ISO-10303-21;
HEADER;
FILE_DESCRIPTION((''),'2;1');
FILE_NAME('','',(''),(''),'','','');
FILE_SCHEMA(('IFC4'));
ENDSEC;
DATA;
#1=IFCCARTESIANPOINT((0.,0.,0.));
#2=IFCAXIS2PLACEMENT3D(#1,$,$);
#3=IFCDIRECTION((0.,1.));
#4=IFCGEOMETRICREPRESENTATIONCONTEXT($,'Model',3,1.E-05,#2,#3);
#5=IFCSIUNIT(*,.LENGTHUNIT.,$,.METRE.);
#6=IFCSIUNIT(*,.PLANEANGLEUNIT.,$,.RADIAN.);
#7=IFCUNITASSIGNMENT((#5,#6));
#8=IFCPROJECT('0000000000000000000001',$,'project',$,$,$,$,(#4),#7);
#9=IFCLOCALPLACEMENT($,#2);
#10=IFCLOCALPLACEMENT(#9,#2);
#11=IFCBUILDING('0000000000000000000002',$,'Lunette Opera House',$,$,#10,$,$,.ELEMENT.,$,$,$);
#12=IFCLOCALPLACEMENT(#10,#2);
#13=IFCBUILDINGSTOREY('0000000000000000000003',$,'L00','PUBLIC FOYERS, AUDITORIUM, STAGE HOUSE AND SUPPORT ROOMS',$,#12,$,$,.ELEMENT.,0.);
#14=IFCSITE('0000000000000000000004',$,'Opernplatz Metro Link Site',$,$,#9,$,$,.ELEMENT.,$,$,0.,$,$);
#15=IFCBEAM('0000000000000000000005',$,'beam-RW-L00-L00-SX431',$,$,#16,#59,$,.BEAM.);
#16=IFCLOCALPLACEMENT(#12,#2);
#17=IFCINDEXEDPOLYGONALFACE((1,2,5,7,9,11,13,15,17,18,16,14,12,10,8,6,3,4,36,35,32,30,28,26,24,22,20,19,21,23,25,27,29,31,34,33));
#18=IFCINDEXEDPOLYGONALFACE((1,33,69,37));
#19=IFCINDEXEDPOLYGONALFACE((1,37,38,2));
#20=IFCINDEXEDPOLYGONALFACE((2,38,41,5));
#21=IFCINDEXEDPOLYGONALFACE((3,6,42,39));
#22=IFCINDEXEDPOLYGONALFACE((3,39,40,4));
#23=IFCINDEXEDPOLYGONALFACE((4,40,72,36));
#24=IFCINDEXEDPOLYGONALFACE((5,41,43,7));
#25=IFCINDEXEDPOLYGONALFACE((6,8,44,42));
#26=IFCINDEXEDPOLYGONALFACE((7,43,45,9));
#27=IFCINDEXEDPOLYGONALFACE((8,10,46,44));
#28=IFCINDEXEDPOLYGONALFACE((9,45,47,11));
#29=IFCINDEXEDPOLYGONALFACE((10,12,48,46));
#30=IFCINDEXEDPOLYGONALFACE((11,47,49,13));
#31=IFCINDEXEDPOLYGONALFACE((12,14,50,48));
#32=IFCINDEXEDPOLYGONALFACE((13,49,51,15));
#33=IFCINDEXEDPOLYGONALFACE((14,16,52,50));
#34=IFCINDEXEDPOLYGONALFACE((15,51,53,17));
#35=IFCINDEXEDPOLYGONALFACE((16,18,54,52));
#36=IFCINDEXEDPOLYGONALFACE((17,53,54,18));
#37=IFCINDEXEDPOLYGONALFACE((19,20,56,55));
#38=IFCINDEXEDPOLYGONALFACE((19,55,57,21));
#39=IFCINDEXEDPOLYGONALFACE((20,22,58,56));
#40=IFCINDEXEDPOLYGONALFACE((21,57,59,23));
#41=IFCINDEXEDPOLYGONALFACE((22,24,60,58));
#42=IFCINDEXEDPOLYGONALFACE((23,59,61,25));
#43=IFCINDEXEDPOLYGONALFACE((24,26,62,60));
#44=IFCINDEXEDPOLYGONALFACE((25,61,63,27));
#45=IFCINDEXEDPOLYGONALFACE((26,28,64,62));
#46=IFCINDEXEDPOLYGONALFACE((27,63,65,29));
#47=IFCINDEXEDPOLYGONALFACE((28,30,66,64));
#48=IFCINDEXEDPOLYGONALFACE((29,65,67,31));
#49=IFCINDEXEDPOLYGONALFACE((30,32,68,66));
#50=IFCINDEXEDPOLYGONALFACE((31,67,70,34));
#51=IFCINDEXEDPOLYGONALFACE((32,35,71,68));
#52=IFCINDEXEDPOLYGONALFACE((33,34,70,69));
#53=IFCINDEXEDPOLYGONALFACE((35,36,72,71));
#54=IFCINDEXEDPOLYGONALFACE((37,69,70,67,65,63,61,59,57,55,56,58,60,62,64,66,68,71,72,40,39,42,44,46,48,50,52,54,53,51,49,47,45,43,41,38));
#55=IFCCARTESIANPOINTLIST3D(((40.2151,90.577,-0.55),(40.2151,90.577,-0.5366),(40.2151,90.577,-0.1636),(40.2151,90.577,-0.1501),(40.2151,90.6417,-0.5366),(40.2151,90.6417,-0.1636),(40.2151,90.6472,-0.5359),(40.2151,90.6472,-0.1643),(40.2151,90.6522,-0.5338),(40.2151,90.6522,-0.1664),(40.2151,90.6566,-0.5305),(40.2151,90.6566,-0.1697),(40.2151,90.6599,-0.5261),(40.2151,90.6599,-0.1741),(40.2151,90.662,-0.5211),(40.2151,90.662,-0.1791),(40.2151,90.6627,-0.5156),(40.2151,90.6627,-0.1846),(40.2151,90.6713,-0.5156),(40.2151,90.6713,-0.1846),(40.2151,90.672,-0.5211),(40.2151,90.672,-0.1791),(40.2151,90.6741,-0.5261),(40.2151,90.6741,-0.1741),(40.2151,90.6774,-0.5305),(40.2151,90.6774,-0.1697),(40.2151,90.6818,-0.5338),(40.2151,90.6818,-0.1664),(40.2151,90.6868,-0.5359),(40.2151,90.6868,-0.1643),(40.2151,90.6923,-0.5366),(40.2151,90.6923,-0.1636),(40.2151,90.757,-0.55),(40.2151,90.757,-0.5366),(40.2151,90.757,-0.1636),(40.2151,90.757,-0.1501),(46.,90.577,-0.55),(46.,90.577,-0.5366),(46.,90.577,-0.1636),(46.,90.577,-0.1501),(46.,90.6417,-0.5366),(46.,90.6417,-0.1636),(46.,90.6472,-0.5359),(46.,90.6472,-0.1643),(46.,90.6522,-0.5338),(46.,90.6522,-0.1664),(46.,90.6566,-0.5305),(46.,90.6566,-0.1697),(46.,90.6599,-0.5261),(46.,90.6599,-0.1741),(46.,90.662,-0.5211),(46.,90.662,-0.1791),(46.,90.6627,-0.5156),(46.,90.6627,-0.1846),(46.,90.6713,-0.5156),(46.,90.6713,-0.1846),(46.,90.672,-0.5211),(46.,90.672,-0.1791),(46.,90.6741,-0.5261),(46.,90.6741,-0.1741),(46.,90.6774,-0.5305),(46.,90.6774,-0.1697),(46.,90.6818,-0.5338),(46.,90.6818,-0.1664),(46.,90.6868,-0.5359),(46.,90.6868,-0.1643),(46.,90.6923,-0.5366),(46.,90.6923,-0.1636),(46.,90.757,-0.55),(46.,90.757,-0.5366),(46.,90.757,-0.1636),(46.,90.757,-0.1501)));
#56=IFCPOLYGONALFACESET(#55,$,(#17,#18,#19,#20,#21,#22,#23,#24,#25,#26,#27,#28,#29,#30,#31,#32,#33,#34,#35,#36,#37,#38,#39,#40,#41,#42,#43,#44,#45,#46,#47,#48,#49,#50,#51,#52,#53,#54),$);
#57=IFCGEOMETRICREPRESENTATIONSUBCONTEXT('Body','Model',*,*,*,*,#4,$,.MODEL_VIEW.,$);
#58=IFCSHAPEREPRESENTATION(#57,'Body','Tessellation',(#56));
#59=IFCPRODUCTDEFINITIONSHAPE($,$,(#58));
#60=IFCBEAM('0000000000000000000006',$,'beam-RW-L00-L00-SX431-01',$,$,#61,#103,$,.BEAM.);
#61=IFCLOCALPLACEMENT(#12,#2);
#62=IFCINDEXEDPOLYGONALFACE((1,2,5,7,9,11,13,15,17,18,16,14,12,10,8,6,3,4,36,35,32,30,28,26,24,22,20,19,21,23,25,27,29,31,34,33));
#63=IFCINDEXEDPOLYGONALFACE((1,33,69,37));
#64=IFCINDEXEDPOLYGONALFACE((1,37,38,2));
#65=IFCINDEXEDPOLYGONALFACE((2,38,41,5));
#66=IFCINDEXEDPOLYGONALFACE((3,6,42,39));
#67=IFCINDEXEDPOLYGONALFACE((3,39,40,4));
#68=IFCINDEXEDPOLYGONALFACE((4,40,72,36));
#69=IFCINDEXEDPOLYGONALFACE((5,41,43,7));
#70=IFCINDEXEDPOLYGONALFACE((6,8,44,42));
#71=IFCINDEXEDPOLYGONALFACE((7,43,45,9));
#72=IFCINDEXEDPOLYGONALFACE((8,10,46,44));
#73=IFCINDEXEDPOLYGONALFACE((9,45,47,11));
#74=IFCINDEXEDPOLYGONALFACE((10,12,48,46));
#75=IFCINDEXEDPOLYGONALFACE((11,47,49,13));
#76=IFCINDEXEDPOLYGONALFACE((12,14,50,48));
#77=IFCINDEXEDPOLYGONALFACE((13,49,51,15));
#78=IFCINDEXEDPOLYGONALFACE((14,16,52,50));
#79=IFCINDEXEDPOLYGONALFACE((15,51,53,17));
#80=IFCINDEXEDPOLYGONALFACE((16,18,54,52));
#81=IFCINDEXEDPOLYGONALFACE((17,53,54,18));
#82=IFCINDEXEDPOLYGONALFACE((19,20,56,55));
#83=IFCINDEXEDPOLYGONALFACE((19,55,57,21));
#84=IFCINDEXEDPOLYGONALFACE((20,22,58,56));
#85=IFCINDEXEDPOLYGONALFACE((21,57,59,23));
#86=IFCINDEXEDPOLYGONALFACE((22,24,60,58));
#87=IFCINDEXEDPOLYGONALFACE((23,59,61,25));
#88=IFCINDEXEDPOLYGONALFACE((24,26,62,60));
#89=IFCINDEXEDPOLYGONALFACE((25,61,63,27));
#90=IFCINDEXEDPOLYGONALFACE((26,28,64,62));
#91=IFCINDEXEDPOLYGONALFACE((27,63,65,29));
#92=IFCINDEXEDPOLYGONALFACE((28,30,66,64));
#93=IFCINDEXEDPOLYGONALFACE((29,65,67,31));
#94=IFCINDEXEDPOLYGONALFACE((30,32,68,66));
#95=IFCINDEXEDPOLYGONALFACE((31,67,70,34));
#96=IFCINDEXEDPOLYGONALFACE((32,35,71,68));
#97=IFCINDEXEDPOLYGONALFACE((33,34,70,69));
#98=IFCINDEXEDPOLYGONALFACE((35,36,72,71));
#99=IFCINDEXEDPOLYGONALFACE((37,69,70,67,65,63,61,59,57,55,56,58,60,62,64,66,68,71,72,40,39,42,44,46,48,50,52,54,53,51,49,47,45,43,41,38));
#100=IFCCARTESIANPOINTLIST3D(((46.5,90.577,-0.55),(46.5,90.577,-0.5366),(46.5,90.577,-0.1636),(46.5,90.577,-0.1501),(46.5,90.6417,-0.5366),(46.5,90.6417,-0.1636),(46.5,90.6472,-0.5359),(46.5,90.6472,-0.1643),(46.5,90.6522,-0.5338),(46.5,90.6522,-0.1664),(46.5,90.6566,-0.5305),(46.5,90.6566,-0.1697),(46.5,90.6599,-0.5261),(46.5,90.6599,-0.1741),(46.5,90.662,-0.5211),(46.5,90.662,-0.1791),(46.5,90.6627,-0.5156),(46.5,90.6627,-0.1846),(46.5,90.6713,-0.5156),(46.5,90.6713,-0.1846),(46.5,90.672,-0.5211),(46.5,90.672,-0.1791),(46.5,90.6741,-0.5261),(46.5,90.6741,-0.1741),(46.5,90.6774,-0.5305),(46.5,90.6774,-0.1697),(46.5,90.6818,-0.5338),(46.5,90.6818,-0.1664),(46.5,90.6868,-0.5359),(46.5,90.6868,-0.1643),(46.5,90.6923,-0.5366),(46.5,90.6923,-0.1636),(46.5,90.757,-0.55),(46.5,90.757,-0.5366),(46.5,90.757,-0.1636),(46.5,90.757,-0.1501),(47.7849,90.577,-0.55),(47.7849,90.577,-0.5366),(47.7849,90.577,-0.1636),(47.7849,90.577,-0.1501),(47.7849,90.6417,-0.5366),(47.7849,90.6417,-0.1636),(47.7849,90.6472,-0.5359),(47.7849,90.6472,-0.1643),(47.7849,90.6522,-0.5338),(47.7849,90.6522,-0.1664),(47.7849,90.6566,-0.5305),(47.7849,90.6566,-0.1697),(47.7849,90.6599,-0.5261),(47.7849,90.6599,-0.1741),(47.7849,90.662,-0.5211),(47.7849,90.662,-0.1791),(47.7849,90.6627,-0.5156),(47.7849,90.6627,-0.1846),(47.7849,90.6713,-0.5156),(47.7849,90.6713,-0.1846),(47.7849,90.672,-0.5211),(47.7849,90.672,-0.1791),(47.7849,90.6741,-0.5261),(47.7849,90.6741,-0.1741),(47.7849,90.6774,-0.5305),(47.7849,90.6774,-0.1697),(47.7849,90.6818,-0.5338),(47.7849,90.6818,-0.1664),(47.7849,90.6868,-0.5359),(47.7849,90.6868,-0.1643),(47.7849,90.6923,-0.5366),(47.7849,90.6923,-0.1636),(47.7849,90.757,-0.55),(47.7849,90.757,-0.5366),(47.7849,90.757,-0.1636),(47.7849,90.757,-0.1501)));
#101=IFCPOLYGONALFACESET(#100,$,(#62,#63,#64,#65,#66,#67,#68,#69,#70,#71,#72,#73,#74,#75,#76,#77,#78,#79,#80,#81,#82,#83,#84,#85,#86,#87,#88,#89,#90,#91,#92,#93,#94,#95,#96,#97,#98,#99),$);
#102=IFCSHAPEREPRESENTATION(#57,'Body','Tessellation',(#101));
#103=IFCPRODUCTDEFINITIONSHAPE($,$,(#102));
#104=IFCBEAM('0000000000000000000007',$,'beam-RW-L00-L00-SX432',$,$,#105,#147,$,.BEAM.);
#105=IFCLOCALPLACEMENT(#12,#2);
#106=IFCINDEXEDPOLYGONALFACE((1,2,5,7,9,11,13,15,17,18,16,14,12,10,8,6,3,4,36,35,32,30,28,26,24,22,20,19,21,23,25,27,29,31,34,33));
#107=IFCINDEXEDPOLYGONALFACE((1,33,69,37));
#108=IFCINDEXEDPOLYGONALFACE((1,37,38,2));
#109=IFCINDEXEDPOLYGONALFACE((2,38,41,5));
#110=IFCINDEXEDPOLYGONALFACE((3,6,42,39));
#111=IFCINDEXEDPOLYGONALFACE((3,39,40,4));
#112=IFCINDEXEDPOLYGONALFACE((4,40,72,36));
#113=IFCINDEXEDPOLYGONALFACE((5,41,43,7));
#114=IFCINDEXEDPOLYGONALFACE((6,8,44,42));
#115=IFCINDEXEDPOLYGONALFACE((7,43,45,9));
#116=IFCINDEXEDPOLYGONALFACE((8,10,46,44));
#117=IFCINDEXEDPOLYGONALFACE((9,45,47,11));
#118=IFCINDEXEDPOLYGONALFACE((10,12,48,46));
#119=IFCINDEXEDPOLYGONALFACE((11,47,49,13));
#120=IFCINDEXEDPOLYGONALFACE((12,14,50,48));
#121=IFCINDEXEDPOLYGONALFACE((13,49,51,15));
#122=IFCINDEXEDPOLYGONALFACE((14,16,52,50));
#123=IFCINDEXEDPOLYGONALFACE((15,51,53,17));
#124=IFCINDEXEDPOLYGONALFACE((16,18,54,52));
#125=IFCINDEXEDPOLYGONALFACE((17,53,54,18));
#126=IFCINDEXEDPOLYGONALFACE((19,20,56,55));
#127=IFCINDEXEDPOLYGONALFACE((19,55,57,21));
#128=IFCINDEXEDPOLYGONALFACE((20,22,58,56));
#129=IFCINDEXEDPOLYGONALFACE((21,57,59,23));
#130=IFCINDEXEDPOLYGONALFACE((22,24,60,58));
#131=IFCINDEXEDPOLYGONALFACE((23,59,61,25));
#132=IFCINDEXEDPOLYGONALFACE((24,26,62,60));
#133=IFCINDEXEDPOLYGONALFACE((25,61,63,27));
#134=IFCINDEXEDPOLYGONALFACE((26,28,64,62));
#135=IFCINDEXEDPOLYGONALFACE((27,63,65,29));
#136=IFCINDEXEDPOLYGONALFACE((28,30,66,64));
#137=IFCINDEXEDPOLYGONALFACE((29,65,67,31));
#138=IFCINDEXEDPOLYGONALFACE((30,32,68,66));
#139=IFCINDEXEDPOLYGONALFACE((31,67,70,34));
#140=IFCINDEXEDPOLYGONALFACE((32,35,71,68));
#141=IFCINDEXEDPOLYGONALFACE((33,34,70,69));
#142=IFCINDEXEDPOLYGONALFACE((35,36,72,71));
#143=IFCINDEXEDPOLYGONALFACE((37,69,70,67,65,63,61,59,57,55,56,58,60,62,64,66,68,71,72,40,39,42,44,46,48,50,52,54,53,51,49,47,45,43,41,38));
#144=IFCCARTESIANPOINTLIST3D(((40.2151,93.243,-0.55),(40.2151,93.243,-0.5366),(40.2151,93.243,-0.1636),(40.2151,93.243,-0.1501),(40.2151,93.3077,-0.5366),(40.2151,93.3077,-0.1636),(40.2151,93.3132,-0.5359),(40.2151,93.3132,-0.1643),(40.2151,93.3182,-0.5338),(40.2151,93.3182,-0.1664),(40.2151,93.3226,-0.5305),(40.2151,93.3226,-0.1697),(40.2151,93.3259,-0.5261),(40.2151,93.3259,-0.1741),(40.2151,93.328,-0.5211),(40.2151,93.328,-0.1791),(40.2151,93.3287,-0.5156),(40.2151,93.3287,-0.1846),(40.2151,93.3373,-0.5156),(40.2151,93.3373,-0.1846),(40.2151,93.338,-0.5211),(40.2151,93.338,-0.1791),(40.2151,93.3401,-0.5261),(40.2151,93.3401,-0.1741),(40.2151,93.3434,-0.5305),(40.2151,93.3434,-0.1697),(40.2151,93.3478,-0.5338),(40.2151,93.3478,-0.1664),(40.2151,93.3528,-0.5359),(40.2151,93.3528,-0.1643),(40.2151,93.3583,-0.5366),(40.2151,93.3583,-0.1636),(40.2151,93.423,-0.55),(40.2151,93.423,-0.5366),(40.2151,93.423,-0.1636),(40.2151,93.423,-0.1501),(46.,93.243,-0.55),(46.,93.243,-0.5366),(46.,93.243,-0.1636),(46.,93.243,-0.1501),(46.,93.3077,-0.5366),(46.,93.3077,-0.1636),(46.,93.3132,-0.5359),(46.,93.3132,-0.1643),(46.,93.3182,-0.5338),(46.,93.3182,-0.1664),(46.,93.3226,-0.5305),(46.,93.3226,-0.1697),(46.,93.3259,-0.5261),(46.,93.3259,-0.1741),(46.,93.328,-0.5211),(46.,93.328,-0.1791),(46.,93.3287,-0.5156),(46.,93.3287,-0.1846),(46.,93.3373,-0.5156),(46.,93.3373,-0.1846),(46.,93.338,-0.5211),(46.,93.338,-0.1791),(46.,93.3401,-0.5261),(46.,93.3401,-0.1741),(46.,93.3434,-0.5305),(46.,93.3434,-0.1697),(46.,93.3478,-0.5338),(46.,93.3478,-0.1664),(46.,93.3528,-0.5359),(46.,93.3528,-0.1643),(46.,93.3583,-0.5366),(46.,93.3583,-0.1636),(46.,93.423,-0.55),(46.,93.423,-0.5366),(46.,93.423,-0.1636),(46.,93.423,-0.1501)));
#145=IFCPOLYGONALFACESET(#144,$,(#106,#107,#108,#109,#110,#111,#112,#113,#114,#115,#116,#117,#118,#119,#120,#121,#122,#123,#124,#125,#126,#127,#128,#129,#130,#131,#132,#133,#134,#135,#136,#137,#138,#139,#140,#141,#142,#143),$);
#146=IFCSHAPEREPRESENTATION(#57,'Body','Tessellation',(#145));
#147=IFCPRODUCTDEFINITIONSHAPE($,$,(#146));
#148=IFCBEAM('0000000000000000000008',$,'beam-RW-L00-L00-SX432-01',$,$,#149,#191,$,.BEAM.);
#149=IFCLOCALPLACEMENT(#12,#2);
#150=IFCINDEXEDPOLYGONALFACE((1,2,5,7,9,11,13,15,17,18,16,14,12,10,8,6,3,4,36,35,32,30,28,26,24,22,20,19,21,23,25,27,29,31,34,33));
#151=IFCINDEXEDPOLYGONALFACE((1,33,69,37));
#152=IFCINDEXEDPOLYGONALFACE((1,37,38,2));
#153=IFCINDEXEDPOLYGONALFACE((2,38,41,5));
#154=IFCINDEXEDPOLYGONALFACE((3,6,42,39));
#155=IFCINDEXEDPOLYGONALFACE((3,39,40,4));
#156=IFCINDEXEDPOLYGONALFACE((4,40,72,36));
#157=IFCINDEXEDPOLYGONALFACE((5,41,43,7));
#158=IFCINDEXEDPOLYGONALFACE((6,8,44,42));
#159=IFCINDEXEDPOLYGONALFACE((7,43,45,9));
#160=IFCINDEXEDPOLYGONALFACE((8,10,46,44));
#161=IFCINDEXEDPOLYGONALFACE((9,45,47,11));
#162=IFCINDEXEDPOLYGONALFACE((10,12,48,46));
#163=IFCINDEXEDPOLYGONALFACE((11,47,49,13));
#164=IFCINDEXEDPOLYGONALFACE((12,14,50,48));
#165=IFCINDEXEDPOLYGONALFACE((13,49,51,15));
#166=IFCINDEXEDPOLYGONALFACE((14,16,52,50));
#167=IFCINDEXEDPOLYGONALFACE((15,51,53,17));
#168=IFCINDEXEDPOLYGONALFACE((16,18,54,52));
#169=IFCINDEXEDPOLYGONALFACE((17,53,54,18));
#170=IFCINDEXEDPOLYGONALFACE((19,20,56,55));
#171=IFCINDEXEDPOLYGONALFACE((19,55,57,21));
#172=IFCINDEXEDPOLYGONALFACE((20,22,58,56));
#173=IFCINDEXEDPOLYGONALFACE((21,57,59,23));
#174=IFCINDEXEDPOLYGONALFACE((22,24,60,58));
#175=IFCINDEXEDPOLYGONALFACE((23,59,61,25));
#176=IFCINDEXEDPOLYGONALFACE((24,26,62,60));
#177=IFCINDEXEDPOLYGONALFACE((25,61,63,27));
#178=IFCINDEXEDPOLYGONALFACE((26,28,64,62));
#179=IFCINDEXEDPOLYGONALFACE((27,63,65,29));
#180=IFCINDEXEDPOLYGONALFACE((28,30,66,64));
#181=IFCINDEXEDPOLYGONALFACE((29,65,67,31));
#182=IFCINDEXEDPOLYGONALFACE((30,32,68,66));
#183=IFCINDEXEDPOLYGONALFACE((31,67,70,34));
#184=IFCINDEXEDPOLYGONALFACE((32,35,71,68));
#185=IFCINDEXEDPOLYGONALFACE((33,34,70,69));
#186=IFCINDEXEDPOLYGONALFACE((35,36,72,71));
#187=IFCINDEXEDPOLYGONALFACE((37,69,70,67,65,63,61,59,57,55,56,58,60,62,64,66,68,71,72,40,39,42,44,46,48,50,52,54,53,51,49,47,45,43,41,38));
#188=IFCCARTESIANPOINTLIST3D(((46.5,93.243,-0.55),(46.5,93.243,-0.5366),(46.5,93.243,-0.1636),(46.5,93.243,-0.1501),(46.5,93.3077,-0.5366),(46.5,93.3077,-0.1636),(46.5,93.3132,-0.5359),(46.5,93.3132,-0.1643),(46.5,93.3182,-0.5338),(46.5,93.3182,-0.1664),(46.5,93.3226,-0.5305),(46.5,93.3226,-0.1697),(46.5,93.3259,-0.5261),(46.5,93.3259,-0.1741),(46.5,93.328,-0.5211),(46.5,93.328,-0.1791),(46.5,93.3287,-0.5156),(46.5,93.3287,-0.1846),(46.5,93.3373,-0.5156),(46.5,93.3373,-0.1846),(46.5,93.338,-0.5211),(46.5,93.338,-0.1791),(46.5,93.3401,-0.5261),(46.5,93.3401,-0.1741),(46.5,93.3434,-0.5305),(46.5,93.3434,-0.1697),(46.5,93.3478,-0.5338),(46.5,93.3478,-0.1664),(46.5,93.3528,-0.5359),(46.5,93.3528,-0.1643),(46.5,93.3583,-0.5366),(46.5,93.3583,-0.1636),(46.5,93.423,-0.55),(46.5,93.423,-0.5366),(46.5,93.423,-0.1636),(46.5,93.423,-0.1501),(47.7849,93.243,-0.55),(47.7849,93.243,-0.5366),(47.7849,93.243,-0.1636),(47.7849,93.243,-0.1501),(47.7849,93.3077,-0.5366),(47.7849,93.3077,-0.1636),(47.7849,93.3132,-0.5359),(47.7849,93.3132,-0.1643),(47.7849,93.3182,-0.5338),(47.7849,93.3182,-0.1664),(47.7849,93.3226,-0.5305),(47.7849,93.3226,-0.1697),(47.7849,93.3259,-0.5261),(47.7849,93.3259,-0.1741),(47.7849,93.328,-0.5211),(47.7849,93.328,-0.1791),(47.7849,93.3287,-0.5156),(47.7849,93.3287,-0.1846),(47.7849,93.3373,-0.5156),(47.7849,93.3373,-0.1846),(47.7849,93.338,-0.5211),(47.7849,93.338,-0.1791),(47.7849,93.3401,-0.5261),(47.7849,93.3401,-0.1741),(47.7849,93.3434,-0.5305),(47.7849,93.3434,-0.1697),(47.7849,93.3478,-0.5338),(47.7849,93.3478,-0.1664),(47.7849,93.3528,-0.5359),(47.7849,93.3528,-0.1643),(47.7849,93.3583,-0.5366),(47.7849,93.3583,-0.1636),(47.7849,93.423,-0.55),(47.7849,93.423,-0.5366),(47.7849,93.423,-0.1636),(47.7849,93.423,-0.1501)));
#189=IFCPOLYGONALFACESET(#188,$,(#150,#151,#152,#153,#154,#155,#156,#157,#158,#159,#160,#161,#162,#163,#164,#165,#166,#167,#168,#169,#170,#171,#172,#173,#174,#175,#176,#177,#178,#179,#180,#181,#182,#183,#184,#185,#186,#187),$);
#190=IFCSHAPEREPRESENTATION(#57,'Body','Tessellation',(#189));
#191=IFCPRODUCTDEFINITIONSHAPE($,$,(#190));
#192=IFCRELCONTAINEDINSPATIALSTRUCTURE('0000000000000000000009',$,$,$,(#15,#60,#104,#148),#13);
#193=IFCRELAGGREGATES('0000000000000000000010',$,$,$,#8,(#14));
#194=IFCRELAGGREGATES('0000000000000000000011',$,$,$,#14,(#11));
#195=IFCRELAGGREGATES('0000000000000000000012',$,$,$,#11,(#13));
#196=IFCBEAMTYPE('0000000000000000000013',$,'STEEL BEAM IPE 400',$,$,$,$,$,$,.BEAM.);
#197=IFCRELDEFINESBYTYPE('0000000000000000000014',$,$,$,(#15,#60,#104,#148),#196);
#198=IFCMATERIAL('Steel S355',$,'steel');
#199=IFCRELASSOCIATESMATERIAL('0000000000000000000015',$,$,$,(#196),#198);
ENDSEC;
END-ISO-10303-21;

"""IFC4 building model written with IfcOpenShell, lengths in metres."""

from ifc_helpers import new_model, si_unit, direction, frame, origin, origin_2d, place, context, subcontext, project, spatial, i_section, extrude, material, material_profile, profile_set, type_object, element, save


model = new_model("IFC4")

# Units and contexts
model_context = context("Model", 3, precision=1e-05, world=origin(), true_north=direction((0.0, 1.0)))
body_context = subcontext(model_context, "Body", "Model", "MODEL_VIEW")
ifc_project = project(units=[si_unit("LENGTHUNIT", "METRE"), si_unit("PLANEANGLEUNIT", "RADIAN")], contexts=[model_context])

# Site, building, storey
site_placement = place(None, origin())
site = spatial("IfcSite", under=ifc_project, at=site_placement, Name="Opernplatz Metro Link Site", CompositionType="ELEMENT", RefElevation=0.0)
building_placement = place(site_placement, origin())
building = spatial("IfcBuilding", under=site, at=building_placement, Name="Lunette Opera House", CompositionType="ELEMENT")
storey_placement = place(building_placement, origin())
storey = spatial("IfcBuildingStorey", under=building, at=storey_placement, Name="L00", Description="PUBLIC FOYERS, AUDITORIUM, STAGE HOUSE AND SUPPORT ROOMS", CompositionType="ELEMENT", Elevation=0.0)

# Beams
ifc_material_1 = material(Name="Steel S355", Category="steel")
ifc_material_profile_1 = material_profile(ifc_material_1, i_section(OverallWidth=0.1799, OverallDepth=0.3999, WebThickness=0.0085, FlangeThickness=0.0134, FilletRadius=0.021, at=origin_2d()), Name="IPE 400")
ifc_profile_set_1 = profile_set([ifc_material_profile_1], Name="Steel S355")
beam_type_1 = type_object("IfcBeamType", Name="STEEL BEAM IPE 400", PredefinedType="BEAM", material=ifc_profile_set_1)
beam_1_placement = place(storey_placement, frame((40.2151, 90.667, -0.3501), z_axis=(1.0, 0.0, 0.0), x_axis=(0.0, 1.0, 0.0)))
element("IfcBeam", 1, at=beam_1_placement, inside=storey, type_object=beam_type_1, Name="beam-RW-L00-L00-SX431", PredefinedType="BEAM", context=body_context, shape_type="SweptSolid", body=[
    extrude(i_section(OverallWidth=0.1799, OverallDepth=0.3999, WebThickness=0.0085, FlangeThickness=0.0134, FilletRadius=0.021, at=origin_2d()), origin(), (0.0, 0.0, 1.0), 5.7849),
])
beam_2_placement = place(storey_placement, frame((46.5, 90.667, -0.3501), z_axis=(1.0, 0.0, 0.0), x_axis=(0.0, 1.0, 0.0)))
element("IfcBeam", 2, at=beam_2_placement, inside=storey, type_object=beam_type_1, Name="beam-RW-L00-L00-SX431-01", PredefinedType="BEAM", context=body_context, shape_type="SweptSolid", body=[
    extrude(i_section(OverallWidth=0.1799, OverallDepth=0.3999, WebThickness=0.0085, FlangeThickness=0.0134, FilletRadius=0.021, at=origin_2d()), origin(), (0.0, 0.0, 1.0), 1.2849),
])
beam_3_placement = place(storey_placement, frame((40.2151, 93.333, -0.3501), z_axis=(1.0, 0.0, 0.0), x_axis=(0.0, 1.0, 0.0)))
element("IfcBeam", 3, at=beam_3_placement, inside=storey, type_object=beam_type_1, Name="beam-RW-L00-L00-SX432", PredefinedType="BEAM", context=body_context, shape_type="SweptSolid", body=[
    extrude(i_section(OverallWidth=0.1799, OverallDepth=0.3999, WebThickness=0.0085, FlangeThickness=0.0134, FilletRadius=0.021, at=origin_2d()), origin(), (0.0, 0.0, 1.0), 5.7849),
])
beam_4_placement = place(storey_placement, frame((46.5, 93.333, -0.3501), z_axis=(1.0, 0.0, 0.0), x_axis=(0.0, 1.0, 0.0)))
element("IfcBeam", 4, at=beam_4_placement, inside=storey, type_object=beam_type_1, Name="beam-RW-L00-L00-SX432-01", PredefinedType="BEAM", context=body_context, shape_type="SweptSolid", body=[
    extrude(i_section(OverallWidth=0.1799, OverallDepth=0.3999, WebThickness=0.0085, FlangeThickness=0.0134, FilletRadius=0.021, at=origin_2d()), origin(), (0.0, 0.0, 1.0), 1.2849),
])

save(model, "model.ifc")
